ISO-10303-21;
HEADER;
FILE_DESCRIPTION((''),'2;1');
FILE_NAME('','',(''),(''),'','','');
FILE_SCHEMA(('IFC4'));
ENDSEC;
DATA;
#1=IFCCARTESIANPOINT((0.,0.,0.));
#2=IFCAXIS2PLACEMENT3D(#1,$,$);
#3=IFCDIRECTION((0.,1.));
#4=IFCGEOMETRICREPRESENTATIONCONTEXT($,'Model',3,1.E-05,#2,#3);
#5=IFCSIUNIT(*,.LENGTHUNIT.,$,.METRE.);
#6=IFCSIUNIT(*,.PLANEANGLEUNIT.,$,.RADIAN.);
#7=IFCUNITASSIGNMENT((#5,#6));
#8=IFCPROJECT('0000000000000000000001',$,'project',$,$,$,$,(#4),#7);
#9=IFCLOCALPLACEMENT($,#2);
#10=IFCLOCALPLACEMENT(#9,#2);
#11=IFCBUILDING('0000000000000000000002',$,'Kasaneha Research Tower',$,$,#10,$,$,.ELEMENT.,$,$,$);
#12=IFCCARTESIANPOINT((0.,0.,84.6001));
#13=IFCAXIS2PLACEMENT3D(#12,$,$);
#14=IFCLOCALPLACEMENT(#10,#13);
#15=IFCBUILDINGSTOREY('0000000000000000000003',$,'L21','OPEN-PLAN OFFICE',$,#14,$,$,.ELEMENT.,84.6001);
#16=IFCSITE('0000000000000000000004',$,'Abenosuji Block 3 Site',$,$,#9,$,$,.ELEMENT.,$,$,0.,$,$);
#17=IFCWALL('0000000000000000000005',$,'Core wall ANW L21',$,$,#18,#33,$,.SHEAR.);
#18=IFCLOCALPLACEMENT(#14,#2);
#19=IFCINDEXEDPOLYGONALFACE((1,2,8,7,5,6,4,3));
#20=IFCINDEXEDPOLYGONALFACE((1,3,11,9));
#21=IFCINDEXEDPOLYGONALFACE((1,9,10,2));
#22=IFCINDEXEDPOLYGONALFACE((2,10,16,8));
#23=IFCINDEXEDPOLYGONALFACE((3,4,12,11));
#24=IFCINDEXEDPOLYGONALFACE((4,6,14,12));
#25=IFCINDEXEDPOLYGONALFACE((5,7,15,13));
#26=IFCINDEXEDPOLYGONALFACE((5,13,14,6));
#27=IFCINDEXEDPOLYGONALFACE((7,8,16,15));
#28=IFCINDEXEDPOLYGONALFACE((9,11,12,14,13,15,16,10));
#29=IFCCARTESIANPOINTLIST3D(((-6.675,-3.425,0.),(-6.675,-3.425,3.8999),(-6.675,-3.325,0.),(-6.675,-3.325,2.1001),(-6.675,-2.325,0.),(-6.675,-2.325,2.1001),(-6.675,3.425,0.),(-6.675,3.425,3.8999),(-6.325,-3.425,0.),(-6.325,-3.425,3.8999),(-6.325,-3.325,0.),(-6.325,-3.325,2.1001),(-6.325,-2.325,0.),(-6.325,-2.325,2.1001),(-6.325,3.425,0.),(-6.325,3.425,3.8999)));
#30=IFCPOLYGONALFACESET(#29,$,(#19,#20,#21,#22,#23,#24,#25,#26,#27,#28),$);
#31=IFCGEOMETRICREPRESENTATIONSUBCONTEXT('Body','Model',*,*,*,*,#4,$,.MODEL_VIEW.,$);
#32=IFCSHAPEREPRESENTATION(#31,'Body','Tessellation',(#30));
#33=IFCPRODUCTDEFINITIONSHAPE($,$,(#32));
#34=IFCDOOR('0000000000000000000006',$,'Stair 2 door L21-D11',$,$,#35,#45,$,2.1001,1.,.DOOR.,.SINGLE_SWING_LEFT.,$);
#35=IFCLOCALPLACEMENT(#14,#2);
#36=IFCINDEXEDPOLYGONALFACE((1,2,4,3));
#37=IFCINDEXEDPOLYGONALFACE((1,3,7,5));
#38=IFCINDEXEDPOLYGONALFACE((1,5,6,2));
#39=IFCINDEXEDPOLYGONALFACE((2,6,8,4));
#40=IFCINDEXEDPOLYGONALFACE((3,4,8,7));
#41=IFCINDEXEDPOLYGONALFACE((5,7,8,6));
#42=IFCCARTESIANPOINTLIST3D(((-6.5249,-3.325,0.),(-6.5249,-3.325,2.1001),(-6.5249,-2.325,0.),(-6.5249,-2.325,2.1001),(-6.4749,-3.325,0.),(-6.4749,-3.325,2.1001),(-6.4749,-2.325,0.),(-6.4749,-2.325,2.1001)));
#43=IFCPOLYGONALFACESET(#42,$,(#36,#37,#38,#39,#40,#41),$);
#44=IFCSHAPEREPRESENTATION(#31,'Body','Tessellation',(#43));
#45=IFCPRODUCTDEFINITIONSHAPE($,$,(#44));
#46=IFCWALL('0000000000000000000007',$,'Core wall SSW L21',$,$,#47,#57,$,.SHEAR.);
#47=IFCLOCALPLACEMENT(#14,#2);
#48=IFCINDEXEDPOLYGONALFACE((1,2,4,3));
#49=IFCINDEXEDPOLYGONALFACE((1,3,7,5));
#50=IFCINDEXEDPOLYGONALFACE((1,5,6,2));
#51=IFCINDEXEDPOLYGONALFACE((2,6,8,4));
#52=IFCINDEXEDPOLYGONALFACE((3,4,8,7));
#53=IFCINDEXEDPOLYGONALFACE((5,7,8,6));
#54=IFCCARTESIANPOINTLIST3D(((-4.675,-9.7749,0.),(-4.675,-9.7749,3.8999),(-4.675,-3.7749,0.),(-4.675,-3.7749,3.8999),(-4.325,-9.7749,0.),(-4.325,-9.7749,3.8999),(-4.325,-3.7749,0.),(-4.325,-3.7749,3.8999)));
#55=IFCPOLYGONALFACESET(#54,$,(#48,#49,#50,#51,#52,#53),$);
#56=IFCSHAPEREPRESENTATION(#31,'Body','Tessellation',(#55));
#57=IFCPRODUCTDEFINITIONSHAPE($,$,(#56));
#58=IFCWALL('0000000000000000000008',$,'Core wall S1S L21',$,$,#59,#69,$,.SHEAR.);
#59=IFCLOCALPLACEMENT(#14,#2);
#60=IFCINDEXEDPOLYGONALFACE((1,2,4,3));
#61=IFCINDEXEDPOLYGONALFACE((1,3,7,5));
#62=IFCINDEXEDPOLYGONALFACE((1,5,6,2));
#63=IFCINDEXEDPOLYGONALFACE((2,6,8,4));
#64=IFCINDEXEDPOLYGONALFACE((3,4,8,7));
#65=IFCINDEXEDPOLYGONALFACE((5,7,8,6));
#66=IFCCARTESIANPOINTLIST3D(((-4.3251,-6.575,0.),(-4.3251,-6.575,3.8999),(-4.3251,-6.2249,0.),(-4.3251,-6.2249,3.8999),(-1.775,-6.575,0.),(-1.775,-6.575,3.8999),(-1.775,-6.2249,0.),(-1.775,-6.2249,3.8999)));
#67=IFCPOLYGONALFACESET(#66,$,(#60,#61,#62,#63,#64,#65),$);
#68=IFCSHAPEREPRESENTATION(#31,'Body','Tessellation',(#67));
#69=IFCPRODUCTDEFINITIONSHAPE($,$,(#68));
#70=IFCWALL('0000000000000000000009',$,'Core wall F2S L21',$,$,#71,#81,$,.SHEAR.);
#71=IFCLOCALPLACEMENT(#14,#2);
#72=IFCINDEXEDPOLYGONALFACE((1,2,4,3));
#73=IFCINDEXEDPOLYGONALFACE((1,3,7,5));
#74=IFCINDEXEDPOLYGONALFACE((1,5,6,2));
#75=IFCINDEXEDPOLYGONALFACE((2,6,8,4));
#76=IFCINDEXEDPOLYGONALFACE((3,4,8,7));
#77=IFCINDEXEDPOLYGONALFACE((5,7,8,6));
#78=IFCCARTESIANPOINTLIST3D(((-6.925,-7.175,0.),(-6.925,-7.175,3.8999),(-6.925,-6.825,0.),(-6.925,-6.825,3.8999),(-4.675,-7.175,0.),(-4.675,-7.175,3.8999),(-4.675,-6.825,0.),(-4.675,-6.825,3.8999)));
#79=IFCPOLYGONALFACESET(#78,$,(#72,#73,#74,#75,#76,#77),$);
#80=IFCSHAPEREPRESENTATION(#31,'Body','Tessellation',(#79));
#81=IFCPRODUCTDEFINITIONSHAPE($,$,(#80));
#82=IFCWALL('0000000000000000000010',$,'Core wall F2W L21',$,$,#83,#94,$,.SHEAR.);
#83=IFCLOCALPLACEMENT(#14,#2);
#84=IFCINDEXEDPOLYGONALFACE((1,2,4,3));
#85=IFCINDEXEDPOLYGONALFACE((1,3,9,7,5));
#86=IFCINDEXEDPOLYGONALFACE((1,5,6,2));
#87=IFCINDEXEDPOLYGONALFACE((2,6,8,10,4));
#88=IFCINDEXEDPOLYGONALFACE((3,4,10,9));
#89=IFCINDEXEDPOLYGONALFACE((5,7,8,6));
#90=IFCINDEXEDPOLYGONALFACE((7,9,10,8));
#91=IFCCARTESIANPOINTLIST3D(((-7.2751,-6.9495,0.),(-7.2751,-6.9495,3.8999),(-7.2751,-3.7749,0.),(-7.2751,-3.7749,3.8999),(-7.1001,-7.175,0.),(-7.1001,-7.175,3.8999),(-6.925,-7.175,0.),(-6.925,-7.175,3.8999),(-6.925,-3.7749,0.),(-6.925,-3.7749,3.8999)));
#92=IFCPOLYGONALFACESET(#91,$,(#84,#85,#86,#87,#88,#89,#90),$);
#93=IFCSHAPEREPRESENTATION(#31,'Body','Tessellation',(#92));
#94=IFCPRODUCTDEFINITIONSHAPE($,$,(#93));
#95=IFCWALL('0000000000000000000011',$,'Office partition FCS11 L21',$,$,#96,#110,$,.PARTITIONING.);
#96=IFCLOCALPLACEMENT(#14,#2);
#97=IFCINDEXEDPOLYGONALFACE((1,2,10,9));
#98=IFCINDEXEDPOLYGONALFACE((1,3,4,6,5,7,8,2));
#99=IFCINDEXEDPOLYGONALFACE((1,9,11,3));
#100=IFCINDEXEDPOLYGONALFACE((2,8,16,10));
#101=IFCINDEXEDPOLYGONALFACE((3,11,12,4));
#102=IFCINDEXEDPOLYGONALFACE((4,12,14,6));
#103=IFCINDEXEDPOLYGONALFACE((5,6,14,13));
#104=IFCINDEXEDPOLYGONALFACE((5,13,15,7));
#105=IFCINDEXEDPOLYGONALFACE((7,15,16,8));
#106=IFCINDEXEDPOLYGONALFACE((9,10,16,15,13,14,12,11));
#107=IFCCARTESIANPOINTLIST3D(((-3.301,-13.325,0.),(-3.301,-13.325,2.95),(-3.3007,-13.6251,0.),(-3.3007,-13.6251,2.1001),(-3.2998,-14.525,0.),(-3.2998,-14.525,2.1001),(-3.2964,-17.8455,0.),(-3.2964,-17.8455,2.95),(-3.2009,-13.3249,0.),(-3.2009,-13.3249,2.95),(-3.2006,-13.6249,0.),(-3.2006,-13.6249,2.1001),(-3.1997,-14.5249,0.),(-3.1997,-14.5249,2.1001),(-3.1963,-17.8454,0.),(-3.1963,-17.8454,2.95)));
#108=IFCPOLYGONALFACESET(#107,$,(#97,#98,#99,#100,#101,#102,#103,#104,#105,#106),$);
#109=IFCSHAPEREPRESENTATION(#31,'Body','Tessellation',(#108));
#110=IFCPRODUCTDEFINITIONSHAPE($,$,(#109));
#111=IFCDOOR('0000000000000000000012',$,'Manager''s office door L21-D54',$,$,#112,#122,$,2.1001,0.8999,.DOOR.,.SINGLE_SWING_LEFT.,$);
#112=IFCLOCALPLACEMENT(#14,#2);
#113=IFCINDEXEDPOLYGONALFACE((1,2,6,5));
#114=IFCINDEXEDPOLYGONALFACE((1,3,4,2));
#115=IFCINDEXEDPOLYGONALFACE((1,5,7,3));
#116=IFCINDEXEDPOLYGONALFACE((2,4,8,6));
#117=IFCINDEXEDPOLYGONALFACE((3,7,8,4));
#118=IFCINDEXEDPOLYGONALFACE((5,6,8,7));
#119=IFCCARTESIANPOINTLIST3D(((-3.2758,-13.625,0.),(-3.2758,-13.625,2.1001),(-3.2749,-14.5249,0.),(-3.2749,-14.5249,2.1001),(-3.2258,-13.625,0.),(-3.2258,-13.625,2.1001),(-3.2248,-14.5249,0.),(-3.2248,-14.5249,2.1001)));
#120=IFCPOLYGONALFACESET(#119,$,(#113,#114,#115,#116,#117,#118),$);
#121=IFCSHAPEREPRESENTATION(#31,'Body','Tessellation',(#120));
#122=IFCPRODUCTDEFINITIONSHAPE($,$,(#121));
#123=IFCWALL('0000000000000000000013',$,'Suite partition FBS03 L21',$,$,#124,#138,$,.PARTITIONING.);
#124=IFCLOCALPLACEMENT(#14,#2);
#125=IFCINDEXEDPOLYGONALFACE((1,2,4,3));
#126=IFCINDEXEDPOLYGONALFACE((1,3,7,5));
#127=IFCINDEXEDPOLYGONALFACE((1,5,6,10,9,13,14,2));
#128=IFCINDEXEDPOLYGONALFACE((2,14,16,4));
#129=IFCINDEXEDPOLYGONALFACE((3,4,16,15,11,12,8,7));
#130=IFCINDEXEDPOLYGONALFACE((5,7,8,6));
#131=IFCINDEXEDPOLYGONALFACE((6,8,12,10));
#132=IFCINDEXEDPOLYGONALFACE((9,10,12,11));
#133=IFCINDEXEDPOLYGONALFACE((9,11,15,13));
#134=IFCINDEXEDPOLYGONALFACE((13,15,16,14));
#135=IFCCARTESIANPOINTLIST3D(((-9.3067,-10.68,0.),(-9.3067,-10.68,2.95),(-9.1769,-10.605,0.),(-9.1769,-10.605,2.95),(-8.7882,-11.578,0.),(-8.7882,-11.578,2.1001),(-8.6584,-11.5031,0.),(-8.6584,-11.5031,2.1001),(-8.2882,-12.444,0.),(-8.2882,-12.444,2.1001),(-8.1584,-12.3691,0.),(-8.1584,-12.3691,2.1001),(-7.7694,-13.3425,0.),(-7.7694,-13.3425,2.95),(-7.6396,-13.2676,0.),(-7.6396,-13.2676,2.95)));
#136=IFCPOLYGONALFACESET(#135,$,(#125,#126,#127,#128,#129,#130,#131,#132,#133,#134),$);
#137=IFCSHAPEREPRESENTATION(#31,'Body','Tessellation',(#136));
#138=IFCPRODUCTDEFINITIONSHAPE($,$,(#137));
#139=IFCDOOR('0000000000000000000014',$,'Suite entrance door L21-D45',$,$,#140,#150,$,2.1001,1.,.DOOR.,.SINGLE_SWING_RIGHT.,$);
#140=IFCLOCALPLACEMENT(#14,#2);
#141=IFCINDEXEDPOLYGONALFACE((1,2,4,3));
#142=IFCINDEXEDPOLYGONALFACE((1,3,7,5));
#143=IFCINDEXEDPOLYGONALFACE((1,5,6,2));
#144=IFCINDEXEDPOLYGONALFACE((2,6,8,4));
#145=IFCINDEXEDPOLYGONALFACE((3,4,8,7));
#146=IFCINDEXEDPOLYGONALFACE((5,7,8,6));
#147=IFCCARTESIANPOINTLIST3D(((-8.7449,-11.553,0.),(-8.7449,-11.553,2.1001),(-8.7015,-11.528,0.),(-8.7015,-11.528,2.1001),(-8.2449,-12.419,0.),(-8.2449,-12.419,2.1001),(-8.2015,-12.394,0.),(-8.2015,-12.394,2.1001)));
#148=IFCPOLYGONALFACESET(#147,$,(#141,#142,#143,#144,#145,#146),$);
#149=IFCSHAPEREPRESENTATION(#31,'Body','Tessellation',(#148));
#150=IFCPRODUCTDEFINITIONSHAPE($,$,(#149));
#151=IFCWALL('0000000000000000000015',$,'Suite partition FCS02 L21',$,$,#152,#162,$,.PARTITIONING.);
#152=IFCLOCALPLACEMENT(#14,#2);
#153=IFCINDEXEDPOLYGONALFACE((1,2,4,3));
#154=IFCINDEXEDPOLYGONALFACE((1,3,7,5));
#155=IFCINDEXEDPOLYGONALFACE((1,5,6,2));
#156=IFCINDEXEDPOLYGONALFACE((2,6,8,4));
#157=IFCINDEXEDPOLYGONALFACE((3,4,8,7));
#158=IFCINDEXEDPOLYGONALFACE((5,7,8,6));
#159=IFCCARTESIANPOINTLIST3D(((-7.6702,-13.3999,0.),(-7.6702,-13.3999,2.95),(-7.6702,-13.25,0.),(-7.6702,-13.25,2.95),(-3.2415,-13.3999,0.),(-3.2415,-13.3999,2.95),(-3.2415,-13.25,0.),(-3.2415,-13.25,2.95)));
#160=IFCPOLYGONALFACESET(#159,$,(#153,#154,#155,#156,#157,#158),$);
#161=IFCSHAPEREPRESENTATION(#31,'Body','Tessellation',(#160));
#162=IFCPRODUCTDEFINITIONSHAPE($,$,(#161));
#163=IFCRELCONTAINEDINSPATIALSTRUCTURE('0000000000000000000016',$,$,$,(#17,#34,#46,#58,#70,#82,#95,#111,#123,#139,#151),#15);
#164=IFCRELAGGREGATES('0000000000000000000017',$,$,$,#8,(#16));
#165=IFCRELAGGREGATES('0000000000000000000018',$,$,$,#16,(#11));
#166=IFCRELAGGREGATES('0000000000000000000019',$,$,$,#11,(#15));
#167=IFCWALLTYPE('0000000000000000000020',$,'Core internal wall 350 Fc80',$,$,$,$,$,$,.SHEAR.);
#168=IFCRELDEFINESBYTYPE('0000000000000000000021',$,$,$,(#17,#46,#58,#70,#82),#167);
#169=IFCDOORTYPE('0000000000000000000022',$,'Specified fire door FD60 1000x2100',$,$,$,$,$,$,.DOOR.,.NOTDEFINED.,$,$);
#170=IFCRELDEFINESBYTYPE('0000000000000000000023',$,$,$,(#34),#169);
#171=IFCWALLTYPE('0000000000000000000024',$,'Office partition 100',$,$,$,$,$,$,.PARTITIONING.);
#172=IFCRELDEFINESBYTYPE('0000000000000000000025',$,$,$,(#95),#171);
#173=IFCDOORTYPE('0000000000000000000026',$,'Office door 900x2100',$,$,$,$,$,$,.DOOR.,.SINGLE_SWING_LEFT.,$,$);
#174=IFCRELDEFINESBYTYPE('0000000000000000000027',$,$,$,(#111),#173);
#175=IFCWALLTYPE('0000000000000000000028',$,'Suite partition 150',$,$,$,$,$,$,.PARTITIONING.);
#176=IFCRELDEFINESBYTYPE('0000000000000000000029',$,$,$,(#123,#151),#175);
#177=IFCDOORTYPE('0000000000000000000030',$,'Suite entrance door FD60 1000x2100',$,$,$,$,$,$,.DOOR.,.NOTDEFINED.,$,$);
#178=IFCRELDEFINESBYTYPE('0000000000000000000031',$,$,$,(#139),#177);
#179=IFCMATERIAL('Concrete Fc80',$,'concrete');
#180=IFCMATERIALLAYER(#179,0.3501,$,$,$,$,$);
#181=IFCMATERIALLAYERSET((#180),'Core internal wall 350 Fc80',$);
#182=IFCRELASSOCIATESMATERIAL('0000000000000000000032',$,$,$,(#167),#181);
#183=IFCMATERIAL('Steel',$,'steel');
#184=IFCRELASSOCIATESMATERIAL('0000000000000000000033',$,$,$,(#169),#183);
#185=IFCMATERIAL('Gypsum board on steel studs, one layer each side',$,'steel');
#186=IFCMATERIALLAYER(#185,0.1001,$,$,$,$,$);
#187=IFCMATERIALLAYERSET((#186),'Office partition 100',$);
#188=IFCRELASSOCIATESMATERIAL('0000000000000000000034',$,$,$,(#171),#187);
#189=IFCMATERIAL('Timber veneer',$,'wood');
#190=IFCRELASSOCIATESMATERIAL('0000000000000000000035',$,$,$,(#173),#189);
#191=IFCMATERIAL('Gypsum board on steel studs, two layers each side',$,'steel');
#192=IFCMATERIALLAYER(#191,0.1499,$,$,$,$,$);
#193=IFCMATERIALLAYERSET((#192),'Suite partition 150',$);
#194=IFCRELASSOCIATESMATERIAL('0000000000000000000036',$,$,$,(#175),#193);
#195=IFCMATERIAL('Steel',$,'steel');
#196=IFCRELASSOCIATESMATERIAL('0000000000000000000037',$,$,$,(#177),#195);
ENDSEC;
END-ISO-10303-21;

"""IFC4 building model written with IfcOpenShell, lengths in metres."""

from ifc_helpers import new_model, si_unit, direction, frame, frame_2d, origin, place, context, subcontext, project, spatial, polyline, rectangle, outline, extrude, material, layer, layer_set, type_object, element, fill, save


model = new_model("IFC4")

# Units and contexts
model_context = context("Model", 3, precision=1e-05, world=origin(), true_north=direction((0.0, 1.0)))
body_context = subcontext(model_context, "Body", "Model", "MODEL_VIEW")
ifc_project = project(units=[si_unit("LENGTHUNIT", "METRE"), si_unit("PLANEANGLEUNIT", "RADIAN")], contexts=[model_context])

# Site, building, storey
site_placement = place(None, origin())
site = spatial("IfcSite", under=ifc_project, at=site_placement, Name="Abenosuji Block 3 Site", CompositionType="ELEMENT", RefElevation=0.0)
building_placement = place(site_placement, origin())
building = spatial("IfcBuilding", under=site, at=building_placement, Name="Kasaneha Research Tower", CompositionType="ELEMENT")
storey_placement = place(building_placement, frame((0.0, 0.0, 84.6001)))
storey = spatial("IfcBuildingStorey", under=building, at=storey_placement, Name="L21", Description="OPEN-PLAN OFFICE", CompositionType="ELEMENT", Elevation=84.6001)

# Wall, opening, door
ifc_material_1 = material(Name="Concrete Fc80", Category="concrete")
ifc_layer_1 = layer(ifc_material_1, 0.3501)
ifc_layer_set_1 = layer_set([ifc_layer_1], Name="Core internal wall 350 Fc80")
wall_type_1 = type_object("IfcWallType", Name="Core internal wall 350 Fc80", PredefinedType="SHEAR", material=ifc_layer_set_1)
ifc_material_2 = material(Name="Steel", Category="steel")
door_type_1 = type_object("IfcDoorType", Name="Specified fire door FD60 1000x2100", OperationType="NOTDEFINED", PredefinedType="DOOR", material=ifc_material_2)
wall_1_placement = place(storey_placement, frame((-6.5, -3.425, 0.0), z_axis=(0.0, 0.0, 1.0), x_axis=(0.0, 1.0, 0.0)))
wall_1 = element("IfcWall", 1, at=wall_1_placement, inside=storey, type_object=wall_type_1, Name="Core wall ANW L21", PredefinedType="SHEAR", context=body_context, shape_type="SweptSolid", body=[
    extrude(rectangle(XDim=6.8501, YDim=0.3501, at=frame_2d((3.425, 0.0))), origin(), (0.0, 0.0, 1.0), 3.8999),
])
opening_1_placement = place(wall_1_placement, frame((0.1001, 0.0, 0.0)))
opening_1 = element("IfcOpeningElement", 2, at=opening_1_placement, cuts=wall_1, PredefinedType="OPENING", context=body_context, shape_type="SweptSolid", body=[
    extrude(rectangle(XDim=1.0, YDim=2.1001, at=frame_2d((0.5, 1.05))), frame((0.0, 0.1851, 0.0), z_axis=(0.0, -1.0, 0.0), x_axis=(1.0, 0.0, 0.0)), (0.0, 0.0, 1.0), 0.3701),
])
door_1_placement = place(opening_1_placement, origin())
door_1 = element("IfcDoor", 3, at=door_1_placement, inside=storey, type_object=door_type_1, Name="Stair 2 door L21-D11", OperationType="SINGLE_SWING_LEFT", OverallHeight=2.1001, OverallWidth=1.0, PredefinedType="DOOR", context=body_context, shape_type="SweptSolid", body=[
    extrude(rectangle(XDim=1.0, YDim=2.1001, at=frame_2d((0.5, 1.05))), frame((0.0, 0.0249, 0.0), z_axis=(0.0, -1.0, 0.0), x_axis=(1.0, 0.0, 0.0)), (0.0, 0.0, 1.0), 0.05),
])
fill(opening_1, door_1)

# Walls
wall_2_placement = place(storey_placement, frame((-4.5, -3.7749, 0.0), z_axis=(0.0, 0.0, 1.0), x_axis=(0.0, -1.0, 0.0)))
element("IfcWall", 4, at=wall_2_placement, inside=storey, type_object=wall_type_1, Name="Core wall SSW L21", PredefinedType="SHEAR", context=body_context, shape_type="SweptSolid", body=[
    extrude(rectangle(XDim=6.0, YDim=0.3501, at=frame_2d((3.0, 0.0))), origin(), (0.0, 0.0, 1.0), 3.8999),
])
wall_3_placement = place(storey_placement, frame((-4.325, -6.3999, 0.0), z_axis=(0.0, 0.0, 1.0), x_axis=(1.0, 0.0, 0.0)))
element("IfcWall", 5, at=wall_3_placement, inside=storey, type_object=wall_type_1, Name="Core wall S1S L21", PredefinedType="SHEAR", context=body_context, shape_type="SweptSolid", body=[
    extrude(rectangle(XDim=2.55, YDim=0.3501, at=frame_2d((1.2749, 0.0))), origin(), (0.0, 0.0, 1.0), 3.8999),
])
wall_4_placement = place(storey_placement, frame((-6.925, -7.0, 0.0), z_axis=(0.0, 0.0, 1.0), x_axis=(1.0, 0.0, 0.0)))
element("IfcWall", 6, at=wall_4_placement, inside=storey, type_object=wall_type_1, Name="Core wall F2S L21", PredefinedType="SHEAR", context=body_context, shape_type="SweptSolid", body=[
    extrude(rectangle(XDim=2.25, YDim=0.3501, at=frame_2d((1.125, 0.0))), origin(), (0.0, 0.0, 1.0), 3.8999),
])
wall_5_placement = place(storey_placement, frame((-7.1001, -3.7749, 0.0), z_axis=(0.0, 0.0, 1.0), x_axis=(0.0, -1.0, 0.0)))
element("IfcWall", 7, at=wall_5_placement, inside=storey, type_object=wall_type_1, Name="Core wall F2W L21", PredefinedType="SHEAR", context=body_context, shape_type="SweptSolid", body=[
    extrude(outline(polyline([(0.0, -0.175), (3.1746, -0.175), (3.4001, 0.0), (3.4001, 0.175), (0.0, 0.175), (0.0, -0.175)])), origin(), (0.0, 0.0, 1.0), 3.8999),
])

# Walls, openings, doors
ifc_material_3 = material(Name="Gypsum board on steel studs, one layer each side", Category="steel")
ifc_layer_2 = layer(ifc_material_3, 0.1001)
ifc_layer_set_2 = layer_set([ifc_layer_2], Name="Office partition 100")
wall_type_2 = type_object("IfcWallType", Name="Office partition 100", PredefinedType="PARTITIONING", material=ifc_layer_set_2)
wall_6_placement = place(storey_placement, frame((-3.251, -13.325, 0.0), z_axis=(0.0, 0.0, 1.0), x_axis=(0.001026, -0.999999, 0.0)))
wall_6 = element("IfcWall", 8, at=wall_6_placement, inside=storey, type_object=wall_type_2, Name="Office partition FCS11 L21", PredefinedType="PARTITIONING", context=body_context, shape_type="SweptSolid", body=[
    extrude(rectangle(XDim=4.5205, YDim=0.1001, at=frame_2d((2.2603, 0.0))), origin(), (0.0, 0.0, 1.0), 2.95),
])
opening_2_placement = place(wall_6_placement, frame((0.3, 0.0, 0.0)))
opening_2 = element("IfcOpeningElement", 9, at=opening_2_placement, cuts=wall_6, PredefinedType="OPENING", context=body_context, shape_type="SweptSolid", body=[
    extrude(rectangle(XDim=0.8999, YDim=2.1001, at=frame_2d((0.45, 1.05))), frame((0.0, 0.0601, 0.0), z_axis=(0.0, -1.0, 0.0), x_axis=(1.0, 0.0, 0.0)), (0.0, 0.0, 1.0), 0.1201),
])
ifc_material_4 = material(Name="Timber veneer", Category="wood")
door_type_2 = type_object("IfcDoorType", Name="Office door 900x2100", OperationType="SINGLE_SWING_LEFT", PredefinedType="DOOR", material=ifc_material_4)
door_2_placement = place(opening_2_placement, origin())
door_2 = element("IfcDoor", 10, at=door_2_placement, inside=storey, type_object=door_type_2, Name="Manager's office door L21-D54", OperationType="SINGLE_SWING_LEFT", OverallHeight=2.1001, OverallWidth=0.8999, PredefinedType="DOOR", context=body_context, shape_type="SweptSolid", body=[
    extrude(rectangle(XDim=0.8999, YDim=2.1001, at=frame_2d((0.45, 1.05))), frame((0.0, 0.0249, 0.0), z_axis=(0.0, -1.0, 0.0), x_axis=(1.0, 0.0, 0.0)), (0.0, 0.0, 1.0), 0.05),
])
fill(opening_2, door_2)
ifc_material_5 = material(Name="Gypsum board on steel studs, two layers each side", Category="steel")
ifc_layer_3 = layer(ifc_material_5, 0.1499)
ifc_layer_set_3 = layer_set([ifc_layer_3], Name="Suite partition 150")
wall_type_3 = type_object("IfcWallType", Name="Suite partition 150", PredefinedType="PARTITIONING", material=ifc_layer_set_3)
wall_7_placement = place(storey_placement, frame((-7.7046, -13.3049, 0.0), z_axis=(0.0, 0.0, 1.0), x_axis=(-0.500025, 0.866011, 0.0)))
wall_7 = element("IfcWall", 11, at=wall_7_placement, inside=storey, type_object=wall_type_3, Name="Suite partition FBS03 L21", PredefinedType="PARTITIONING", context=body_context, shape_type="SweptSolid", body=[
    extrude(rectangle(XDim=3.0745, YDim=0.1499, at=frame_2d((1.5371, 0.0))), origin(), (0.0, 0.0, 1.0), 2.95),
])
opening_3_placement = place(wall_7_placement, frame((1.0374, 0.0, 0.0)))
opening_3 = element("IfcOpeningElement", 12, at=opening_3_placement, cuts=wall_7, PredefinedType="OPENING", context=body_context, shape_type="SweptSolid", body=[
    extrude(rectangle(XDim=1.0, YDim=2.1001, at=frame_2d((0.5, 1.05))), frame((0.0, 0.085, 0.0), z_axis=(0.0, -1.0, 0.0), x_axis=(1.0, 0.0, 0.0)), (0.0, 0.0, 1.0), 0.1699),
])
ifc_material_6 = material(Name="Steel", Category="steel")
door_type_3 = type_object("IfcDoorType", Name="Suite entrance door FD60 1000x2100", OperationType="NOTDEFINED", PredefinedType="DOOR", material=ifc_material_6)
door_3_placement = place(opening_3_placement, origin())
door_3 = element("IfcDoor", 13, at=door_3_placement, inside=storey, type_object=door_type_3, Name="Suite entrance door L21-D45", OperationType="SINGLE_SWING_RIGHT", OverallHeight=2.1001, OverallWidth=1.0, PredefinedType="DOOR", context=body_context, shape_type="SweptSolid", body=[
    extrude(rectangle(XDim=1.0, YDim=2.1001, at=frame_2d((0.5, 1.05))), frame((0.0, 0.0249, 0.0), z_axis=(0.0, -1.0, 0.0), x_axis=(1.0, 0.0, 0.0)), (0.0, 0.0, 1.0), 0.05),
])
fill(opening_3, door_3)

# Wall
wall_8_placement = place(storey_placement, frame((-3.2415, -13.325, 0.0), z_axis=(0.0, 0.0, 1.0), x_axis=(-1.0, 0.0, 0.0)))
element("IfcWall", 14, at=wall_8_placement, inside=storey, type_object=wall_type_3, Name="Suite partition FCS02 L21", PredefinedType="PARTITIONING", context=body_context, shape_type="SweptSolid", body=[
    extrude(rectangle(XDim=4.4287, YDim=0.1499, at=frame_2d((2.2144, 0.0))), origin(), (0.0, 0.0, 1.0), 2.95),
])

save(model, "model.ifc")
